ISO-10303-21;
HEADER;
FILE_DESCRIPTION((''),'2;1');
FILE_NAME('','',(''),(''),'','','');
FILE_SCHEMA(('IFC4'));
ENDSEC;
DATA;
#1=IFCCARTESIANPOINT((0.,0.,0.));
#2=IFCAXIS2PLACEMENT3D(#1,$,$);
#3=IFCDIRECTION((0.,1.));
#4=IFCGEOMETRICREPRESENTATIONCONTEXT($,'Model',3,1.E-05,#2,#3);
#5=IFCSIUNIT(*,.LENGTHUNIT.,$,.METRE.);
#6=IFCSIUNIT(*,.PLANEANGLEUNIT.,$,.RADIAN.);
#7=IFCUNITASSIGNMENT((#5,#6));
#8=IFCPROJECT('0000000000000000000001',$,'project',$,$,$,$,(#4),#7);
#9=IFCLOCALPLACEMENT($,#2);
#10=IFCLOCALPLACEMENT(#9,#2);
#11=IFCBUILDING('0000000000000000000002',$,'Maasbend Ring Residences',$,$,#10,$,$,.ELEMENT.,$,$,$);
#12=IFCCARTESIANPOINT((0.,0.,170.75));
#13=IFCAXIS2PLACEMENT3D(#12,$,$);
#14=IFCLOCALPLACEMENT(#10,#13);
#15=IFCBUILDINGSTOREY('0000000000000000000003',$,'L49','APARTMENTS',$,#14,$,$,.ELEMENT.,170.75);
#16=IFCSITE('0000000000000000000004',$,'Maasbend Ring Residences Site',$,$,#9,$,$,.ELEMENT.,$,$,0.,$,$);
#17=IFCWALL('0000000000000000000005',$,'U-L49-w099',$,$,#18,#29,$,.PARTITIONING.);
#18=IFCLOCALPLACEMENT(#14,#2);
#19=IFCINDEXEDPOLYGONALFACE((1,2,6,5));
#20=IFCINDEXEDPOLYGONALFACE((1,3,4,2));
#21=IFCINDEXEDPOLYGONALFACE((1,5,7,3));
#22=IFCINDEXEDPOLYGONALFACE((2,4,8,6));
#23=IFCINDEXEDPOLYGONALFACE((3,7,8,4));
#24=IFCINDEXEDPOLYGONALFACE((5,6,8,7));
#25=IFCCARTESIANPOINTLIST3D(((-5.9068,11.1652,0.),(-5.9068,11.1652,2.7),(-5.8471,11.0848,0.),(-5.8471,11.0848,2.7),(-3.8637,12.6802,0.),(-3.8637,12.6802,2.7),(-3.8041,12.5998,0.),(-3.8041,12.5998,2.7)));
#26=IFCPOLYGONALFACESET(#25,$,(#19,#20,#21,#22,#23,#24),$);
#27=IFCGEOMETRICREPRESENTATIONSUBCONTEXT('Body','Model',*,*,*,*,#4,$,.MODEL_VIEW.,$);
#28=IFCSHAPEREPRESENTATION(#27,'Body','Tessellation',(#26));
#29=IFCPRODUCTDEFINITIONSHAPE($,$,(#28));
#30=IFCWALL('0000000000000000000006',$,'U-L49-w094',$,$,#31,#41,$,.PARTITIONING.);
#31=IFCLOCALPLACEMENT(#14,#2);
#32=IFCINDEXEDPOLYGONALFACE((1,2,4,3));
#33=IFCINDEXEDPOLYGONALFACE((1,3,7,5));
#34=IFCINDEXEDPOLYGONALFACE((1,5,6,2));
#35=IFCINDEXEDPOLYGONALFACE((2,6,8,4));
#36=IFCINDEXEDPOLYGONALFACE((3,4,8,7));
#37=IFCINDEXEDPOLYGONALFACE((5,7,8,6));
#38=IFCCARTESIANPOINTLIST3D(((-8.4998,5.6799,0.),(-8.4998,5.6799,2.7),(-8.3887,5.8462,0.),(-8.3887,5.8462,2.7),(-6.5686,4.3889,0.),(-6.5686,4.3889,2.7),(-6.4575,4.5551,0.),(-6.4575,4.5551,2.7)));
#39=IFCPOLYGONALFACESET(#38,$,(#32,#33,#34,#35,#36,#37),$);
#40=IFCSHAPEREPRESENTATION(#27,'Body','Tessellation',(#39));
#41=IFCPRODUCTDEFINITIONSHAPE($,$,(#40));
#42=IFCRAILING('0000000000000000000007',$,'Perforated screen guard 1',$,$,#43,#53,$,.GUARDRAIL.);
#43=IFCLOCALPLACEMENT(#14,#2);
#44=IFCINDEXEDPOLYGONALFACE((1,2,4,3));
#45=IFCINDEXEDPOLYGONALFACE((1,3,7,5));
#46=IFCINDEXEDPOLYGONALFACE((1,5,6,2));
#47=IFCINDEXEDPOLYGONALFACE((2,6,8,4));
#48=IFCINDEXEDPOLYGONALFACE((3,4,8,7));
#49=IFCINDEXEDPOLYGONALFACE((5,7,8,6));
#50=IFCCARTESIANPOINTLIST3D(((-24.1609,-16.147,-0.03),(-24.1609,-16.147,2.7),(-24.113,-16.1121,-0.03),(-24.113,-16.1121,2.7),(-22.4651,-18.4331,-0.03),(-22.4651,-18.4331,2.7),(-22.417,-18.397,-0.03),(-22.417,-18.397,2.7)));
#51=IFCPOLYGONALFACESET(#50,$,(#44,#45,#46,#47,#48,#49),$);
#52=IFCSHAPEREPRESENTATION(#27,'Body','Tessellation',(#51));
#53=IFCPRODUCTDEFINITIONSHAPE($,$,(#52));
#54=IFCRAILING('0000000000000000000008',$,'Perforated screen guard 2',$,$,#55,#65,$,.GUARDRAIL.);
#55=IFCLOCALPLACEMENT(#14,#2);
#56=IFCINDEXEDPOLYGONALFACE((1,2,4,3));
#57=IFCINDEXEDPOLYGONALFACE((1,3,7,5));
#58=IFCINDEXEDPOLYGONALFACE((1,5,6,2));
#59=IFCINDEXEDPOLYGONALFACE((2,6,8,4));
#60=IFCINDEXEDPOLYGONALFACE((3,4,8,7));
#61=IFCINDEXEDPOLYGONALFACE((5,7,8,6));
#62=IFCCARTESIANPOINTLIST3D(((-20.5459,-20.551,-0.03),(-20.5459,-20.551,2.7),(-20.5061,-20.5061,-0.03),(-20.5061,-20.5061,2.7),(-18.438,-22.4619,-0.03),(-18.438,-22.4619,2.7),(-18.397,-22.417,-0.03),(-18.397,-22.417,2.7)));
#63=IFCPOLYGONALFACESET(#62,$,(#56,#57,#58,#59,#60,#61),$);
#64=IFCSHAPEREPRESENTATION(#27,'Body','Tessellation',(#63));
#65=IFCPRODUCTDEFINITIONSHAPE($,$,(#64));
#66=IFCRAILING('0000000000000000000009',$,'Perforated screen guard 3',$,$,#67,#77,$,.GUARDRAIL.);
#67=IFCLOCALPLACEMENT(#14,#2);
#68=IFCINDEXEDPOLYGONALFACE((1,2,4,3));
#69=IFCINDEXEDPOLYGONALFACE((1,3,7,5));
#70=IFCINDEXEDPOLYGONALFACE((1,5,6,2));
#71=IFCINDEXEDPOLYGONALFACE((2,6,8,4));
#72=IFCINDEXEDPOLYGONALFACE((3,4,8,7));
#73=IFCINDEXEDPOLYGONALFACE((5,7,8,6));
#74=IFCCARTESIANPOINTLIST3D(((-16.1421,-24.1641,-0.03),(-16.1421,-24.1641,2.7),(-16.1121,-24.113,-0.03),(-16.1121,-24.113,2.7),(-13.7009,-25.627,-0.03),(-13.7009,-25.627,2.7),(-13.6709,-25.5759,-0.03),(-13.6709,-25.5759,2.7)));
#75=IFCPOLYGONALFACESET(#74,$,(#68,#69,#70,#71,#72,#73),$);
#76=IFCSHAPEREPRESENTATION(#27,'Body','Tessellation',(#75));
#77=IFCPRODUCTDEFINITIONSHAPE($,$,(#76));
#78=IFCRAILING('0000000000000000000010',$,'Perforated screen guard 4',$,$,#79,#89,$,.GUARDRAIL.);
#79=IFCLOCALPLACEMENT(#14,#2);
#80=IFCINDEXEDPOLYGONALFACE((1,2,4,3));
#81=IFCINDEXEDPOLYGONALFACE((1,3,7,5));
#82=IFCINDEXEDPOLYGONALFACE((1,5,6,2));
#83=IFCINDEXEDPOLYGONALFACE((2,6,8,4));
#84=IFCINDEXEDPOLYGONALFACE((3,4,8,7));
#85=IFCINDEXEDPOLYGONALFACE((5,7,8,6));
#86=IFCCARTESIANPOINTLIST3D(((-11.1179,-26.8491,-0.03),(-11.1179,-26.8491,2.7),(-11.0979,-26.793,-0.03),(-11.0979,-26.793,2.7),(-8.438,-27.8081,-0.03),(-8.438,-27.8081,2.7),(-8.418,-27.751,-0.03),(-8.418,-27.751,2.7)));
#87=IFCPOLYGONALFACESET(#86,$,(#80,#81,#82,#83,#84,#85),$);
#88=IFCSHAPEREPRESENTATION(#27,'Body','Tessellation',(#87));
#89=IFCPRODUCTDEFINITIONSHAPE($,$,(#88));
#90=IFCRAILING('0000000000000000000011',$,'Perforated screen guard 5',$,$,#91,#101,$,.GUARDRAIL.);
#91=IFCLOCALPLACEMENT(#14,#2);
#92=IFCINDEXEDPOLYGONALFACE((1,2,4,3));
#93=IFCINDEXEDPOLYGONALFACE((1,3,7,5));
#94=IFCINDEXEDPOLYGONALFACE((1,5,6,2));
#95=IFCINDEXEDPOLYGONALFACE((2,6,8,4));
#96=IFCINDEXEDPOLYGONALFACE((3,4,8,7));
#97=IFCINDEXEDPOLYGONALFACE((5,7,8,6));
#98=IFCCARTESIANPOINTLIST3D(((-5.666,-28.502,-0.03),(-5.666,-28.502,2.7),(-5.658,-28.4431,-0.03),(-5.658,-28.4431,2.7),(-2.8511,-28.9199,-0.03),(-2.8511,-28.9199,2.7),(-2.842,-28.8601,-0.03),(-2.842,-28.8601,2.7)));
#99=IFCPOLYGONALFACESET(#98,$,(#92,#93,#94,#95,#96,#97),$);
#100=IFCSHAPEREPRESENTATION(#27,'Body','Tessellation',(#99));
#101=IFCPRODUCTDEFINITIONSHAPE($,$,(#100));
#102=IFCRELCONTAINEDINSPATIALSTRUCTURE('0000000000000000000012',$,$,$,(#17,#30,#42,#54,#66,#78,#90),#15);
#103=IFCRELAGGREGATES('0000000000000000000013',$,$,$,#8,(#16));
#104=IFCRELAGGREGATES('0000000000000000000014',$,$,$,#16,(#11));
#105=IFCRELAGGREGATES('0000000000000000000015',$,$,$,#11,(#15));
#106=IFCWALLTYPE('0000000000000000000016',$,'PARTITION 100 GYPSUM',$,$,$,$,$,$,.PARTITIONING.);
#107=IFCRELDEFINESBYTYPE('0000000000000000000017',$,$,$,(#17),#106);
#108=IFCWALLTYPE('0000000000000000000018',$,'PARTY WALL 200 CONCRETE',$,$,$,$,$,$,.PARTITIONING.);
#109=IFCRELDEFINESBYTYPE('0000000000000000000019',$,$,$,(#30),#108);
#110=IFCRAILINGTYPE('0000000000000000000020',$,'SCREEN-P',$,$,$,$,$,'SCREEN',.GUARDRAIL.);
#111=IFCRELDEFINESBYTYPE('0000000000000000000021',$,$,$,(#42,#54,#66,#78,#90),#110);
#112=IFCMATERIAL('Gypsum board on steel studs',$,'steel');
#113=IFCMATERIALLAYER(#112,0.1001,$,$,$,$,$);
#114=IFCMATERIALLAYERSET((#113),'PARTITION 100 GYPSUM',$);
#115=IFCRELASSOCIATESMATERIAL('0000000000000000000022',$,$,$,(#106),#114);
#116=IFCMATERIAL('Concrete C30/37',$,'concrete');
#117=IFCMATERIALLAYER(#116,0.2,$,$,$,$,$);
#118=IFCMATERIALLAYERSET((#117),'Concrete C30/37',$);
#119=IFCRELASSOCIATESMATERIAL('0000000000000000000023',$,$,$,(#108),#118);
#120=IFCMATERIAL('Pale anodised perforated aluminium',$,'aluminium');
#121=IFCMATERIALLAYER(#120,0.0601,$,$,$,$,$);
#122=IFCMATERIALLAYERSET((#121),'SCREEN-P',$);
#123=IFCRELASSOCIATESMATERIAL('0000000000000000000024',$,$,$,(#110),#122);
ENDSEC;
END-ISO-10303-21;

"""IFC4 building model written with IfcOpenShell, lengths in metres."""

from ifc_helpers import new_model, si_unit, direction, frame, frame_2d, origin, place, context, subcontext, project, spatial, polyline, rectangle, outline, extrude, material, layer, layer_set, type_object, element, save


model = new_model("IFC4")

# Units and contexts
model_context = context("Model", 3, precision=1e-05, world=origin(), true_north=direction((0.0, 1.0)))
body_context = subcontext(model_context, "Body", "Model", "MODEL_VIEW")
ifc_project = project(units=[si_unit("LENGTHUNIT", "METRE"), si_unit("PLANEANGLEUNIT", "RADIAN")], contexts=[model_context])

# Site, building, storey
site_placement = place(None, origin())
site = spatial("IfcSite", under=ifc_project, at=site_placement, Name="Maasbend Ring Residences Site", CompositionType="ELEMENT", RefElevation=0.0)
building_placement = place(site_placement, origin())
building = spatial("IfcBuilding", under=site, at=building_placement, Name="Maasbend Ring Residences", CompositionType="ELEMENT")
storey_placement = place(building_placement, frame((0.0, 0.0, 170.75)))
storey = spatial("IfcBuildingStorey", under=building, at=storey_placement, Name="L49", Description="APARTMENTS", CompositionType="ELEMENT", Elevation=170.75)

# Walls
ifc_material_1 = material(Name="Gypsum board on steel studs", Category="steel")
ifc_layer_1 = layer(ifc_material_1, 0.1001)
ifc_layer_set_1 = layer_set([ifc_layer_1], Name="PARTITION 100 GYPSUM")
wall_type_1 = type_object("IfcWallType", Name="PARTITION 100 GYPSUM", PredefinedType="PARTITIONING", material=ifc_layer_set_1)
wall_1_placement = place(storey_placement, frame((-5.877, 11.125, 0.0), z_axis=(0.0, 0.0, 1.0), x_axis=(0.80326, 0.595629, 0.0)))
element("IfcWall", 1, at=wall_1_placement, inside=storey, type_object=wall_type_1, Name="U-L49-w099", PredefinedType="PARTITIONING", context=body_context, shape_type="SweptSolid", body=[
    extrude(rectangle(XDim=2.5435, YDim=0.1001, at=frame_2d((1.2717, 0.0))), origin(), (0.0, 0.0, 1.0), 2.7),
])
ifc_material_2 = material(Name="Concrete C30/37", Category="concrete")
ifc_layer_2 = layer(ifc_material_2, 0.2)
ifc_layer_set_2 = layer_set([ifc_layer_2], Name="Concrete C30/37")
wall_type_2 = type_object("IfcWallType", Name="PARTY WALL 200 CONCRETE", PredefinedType="PARTITIONING", material=ifc_layer_set_2)
wall_2_placement = place(storey_placement, frame((-6.5129, 4.4719, 0.0), z_axis=(0.0, 0.0, 1.0), x_axis=(-0.831338, 0.555767, 0.0)))
element("IfcWall", 2, at=wall_2_placement, inside=storey, type_object=wall_type_2, Name="U-L49-w094", PredefinedType="PARTITIONING", context=body_context, shape_type="SweptSolid", body=[
    extrude(rectangle(XDim=2.323, YDim=0.2, at=frame_2d((1.1616, 0.0))), origin(), (0.0, 0.0, 1.0), 2.7),
])

# Railings
ifc_material_3 = material(Name="Pale anodised perforated aluminium", Category="aluminium")
ifc_layer_3 = layer(ifc_material_3, 0.0601)
ifc_layer_set_3 = layer_set([ifc_layer_3], Name="SCREEN-P")
railing_type = type_object("IfcRailingType", Name="SCREEN-P", ElementType="SCREEN", PredefinedType="GUARDRAIL", material=ifc_layer_set_3)
railing_1_placement = place(storey_placement, frame((0.0, 0.0, -0.03)))
element("IfcRailing", 3, at=railing_1_placement, inside=storey, type_object=railing_type, Name="Perforated screen guard 1", PredefinedType="GUARDRAIL", context=body_context, shape_type="SweptSolid", body=[
    extrude(outline(polyline([(-24.113, -16.1121), (-22.417, -18.397), (-22.4651, -18.4331), (-24.1609, -16.147), (-24.113, -16.1121)])), origin(), (0.0, 0.0, 1.0), 2.73),
])
railing_2_placement = place(storey_placement, frame((0.0, 0.0, -0.03)))
element("IfcRailing", 4, at=railing_2_placement, inside=storey, type_object=railing_type, Name="Perforated screen guard 2", PredefinedType="GUARDRAIL", context=body_context, shape_type="SweptSolid", body=[
    extrude(outline(polyline([(-20.5061, -20.5061), (-18.397, -22.417), (-18.438, -22.4619), (-20.5459, -20.551), (-20.5061, -20.5061)])), origin(), (0.0, 0.0, 1.0), 2.73),
])
railing_3_placement = place(storey_placement, frame((0.0, 0.0, -0.03)))
element("IfcRailing", 5, at=railing_3_placement, inside=storey, type_object=railing_type, Name="Perforated screen guard 3", PredefinedType="GUARDRAIL", context=body_context, shape_type="SweptSolid", body=[
    extrude(outline(polyline([(-16.1121, -24.113), (-13.6709, -25.5759), (-13.7009, -25.627), (-16.1421, -24.1641), (-16.1121, -24.113)])), origin(), (0.0, 0.0, 1.0), 2.73),
])
railing_4_placement = place(storey_placement, frame((0.0, 0.0, -0.03)))
element("IfcRailing", 6, at=railing_4_placement, inside=storey, type_object=railing_type, Name="Perforated screen guard 4", PredefinedType="GUARDRAIL", context=body_context, shape_type="SweptSolid", body=[
    extrude(outline(polyline([(-11.0979, -26.793), (-8.418, -27.751), (-8.438, -27.8081), (-11.1179, -26.8491), (-11.0979, -26.793)])), origin(), (0.0, 0.0, 1.0), 2.73),
])
railing_5_placement = place(storey_placement, frame((0.0, 0.0, -0.03)))
element("IfcRailing", 7, at=railing_5_placement, inside=storey, type_object=railing_type, Name="Perforated screen guard 5", PredefinedType="GUARDRAIL", context=body_context, shape_type="SweptSolid", body=[
    extrude(outline(polyline([(-5.658, -28.4431), (-2.842, -28.8601), (-2.8511, -28.9199), (-5.666, -28.502), (-5.658, -28.4431)])), origin(), (0.0, 0.0, 1.0), 2.73),
])

save(model, "model.ifc")
